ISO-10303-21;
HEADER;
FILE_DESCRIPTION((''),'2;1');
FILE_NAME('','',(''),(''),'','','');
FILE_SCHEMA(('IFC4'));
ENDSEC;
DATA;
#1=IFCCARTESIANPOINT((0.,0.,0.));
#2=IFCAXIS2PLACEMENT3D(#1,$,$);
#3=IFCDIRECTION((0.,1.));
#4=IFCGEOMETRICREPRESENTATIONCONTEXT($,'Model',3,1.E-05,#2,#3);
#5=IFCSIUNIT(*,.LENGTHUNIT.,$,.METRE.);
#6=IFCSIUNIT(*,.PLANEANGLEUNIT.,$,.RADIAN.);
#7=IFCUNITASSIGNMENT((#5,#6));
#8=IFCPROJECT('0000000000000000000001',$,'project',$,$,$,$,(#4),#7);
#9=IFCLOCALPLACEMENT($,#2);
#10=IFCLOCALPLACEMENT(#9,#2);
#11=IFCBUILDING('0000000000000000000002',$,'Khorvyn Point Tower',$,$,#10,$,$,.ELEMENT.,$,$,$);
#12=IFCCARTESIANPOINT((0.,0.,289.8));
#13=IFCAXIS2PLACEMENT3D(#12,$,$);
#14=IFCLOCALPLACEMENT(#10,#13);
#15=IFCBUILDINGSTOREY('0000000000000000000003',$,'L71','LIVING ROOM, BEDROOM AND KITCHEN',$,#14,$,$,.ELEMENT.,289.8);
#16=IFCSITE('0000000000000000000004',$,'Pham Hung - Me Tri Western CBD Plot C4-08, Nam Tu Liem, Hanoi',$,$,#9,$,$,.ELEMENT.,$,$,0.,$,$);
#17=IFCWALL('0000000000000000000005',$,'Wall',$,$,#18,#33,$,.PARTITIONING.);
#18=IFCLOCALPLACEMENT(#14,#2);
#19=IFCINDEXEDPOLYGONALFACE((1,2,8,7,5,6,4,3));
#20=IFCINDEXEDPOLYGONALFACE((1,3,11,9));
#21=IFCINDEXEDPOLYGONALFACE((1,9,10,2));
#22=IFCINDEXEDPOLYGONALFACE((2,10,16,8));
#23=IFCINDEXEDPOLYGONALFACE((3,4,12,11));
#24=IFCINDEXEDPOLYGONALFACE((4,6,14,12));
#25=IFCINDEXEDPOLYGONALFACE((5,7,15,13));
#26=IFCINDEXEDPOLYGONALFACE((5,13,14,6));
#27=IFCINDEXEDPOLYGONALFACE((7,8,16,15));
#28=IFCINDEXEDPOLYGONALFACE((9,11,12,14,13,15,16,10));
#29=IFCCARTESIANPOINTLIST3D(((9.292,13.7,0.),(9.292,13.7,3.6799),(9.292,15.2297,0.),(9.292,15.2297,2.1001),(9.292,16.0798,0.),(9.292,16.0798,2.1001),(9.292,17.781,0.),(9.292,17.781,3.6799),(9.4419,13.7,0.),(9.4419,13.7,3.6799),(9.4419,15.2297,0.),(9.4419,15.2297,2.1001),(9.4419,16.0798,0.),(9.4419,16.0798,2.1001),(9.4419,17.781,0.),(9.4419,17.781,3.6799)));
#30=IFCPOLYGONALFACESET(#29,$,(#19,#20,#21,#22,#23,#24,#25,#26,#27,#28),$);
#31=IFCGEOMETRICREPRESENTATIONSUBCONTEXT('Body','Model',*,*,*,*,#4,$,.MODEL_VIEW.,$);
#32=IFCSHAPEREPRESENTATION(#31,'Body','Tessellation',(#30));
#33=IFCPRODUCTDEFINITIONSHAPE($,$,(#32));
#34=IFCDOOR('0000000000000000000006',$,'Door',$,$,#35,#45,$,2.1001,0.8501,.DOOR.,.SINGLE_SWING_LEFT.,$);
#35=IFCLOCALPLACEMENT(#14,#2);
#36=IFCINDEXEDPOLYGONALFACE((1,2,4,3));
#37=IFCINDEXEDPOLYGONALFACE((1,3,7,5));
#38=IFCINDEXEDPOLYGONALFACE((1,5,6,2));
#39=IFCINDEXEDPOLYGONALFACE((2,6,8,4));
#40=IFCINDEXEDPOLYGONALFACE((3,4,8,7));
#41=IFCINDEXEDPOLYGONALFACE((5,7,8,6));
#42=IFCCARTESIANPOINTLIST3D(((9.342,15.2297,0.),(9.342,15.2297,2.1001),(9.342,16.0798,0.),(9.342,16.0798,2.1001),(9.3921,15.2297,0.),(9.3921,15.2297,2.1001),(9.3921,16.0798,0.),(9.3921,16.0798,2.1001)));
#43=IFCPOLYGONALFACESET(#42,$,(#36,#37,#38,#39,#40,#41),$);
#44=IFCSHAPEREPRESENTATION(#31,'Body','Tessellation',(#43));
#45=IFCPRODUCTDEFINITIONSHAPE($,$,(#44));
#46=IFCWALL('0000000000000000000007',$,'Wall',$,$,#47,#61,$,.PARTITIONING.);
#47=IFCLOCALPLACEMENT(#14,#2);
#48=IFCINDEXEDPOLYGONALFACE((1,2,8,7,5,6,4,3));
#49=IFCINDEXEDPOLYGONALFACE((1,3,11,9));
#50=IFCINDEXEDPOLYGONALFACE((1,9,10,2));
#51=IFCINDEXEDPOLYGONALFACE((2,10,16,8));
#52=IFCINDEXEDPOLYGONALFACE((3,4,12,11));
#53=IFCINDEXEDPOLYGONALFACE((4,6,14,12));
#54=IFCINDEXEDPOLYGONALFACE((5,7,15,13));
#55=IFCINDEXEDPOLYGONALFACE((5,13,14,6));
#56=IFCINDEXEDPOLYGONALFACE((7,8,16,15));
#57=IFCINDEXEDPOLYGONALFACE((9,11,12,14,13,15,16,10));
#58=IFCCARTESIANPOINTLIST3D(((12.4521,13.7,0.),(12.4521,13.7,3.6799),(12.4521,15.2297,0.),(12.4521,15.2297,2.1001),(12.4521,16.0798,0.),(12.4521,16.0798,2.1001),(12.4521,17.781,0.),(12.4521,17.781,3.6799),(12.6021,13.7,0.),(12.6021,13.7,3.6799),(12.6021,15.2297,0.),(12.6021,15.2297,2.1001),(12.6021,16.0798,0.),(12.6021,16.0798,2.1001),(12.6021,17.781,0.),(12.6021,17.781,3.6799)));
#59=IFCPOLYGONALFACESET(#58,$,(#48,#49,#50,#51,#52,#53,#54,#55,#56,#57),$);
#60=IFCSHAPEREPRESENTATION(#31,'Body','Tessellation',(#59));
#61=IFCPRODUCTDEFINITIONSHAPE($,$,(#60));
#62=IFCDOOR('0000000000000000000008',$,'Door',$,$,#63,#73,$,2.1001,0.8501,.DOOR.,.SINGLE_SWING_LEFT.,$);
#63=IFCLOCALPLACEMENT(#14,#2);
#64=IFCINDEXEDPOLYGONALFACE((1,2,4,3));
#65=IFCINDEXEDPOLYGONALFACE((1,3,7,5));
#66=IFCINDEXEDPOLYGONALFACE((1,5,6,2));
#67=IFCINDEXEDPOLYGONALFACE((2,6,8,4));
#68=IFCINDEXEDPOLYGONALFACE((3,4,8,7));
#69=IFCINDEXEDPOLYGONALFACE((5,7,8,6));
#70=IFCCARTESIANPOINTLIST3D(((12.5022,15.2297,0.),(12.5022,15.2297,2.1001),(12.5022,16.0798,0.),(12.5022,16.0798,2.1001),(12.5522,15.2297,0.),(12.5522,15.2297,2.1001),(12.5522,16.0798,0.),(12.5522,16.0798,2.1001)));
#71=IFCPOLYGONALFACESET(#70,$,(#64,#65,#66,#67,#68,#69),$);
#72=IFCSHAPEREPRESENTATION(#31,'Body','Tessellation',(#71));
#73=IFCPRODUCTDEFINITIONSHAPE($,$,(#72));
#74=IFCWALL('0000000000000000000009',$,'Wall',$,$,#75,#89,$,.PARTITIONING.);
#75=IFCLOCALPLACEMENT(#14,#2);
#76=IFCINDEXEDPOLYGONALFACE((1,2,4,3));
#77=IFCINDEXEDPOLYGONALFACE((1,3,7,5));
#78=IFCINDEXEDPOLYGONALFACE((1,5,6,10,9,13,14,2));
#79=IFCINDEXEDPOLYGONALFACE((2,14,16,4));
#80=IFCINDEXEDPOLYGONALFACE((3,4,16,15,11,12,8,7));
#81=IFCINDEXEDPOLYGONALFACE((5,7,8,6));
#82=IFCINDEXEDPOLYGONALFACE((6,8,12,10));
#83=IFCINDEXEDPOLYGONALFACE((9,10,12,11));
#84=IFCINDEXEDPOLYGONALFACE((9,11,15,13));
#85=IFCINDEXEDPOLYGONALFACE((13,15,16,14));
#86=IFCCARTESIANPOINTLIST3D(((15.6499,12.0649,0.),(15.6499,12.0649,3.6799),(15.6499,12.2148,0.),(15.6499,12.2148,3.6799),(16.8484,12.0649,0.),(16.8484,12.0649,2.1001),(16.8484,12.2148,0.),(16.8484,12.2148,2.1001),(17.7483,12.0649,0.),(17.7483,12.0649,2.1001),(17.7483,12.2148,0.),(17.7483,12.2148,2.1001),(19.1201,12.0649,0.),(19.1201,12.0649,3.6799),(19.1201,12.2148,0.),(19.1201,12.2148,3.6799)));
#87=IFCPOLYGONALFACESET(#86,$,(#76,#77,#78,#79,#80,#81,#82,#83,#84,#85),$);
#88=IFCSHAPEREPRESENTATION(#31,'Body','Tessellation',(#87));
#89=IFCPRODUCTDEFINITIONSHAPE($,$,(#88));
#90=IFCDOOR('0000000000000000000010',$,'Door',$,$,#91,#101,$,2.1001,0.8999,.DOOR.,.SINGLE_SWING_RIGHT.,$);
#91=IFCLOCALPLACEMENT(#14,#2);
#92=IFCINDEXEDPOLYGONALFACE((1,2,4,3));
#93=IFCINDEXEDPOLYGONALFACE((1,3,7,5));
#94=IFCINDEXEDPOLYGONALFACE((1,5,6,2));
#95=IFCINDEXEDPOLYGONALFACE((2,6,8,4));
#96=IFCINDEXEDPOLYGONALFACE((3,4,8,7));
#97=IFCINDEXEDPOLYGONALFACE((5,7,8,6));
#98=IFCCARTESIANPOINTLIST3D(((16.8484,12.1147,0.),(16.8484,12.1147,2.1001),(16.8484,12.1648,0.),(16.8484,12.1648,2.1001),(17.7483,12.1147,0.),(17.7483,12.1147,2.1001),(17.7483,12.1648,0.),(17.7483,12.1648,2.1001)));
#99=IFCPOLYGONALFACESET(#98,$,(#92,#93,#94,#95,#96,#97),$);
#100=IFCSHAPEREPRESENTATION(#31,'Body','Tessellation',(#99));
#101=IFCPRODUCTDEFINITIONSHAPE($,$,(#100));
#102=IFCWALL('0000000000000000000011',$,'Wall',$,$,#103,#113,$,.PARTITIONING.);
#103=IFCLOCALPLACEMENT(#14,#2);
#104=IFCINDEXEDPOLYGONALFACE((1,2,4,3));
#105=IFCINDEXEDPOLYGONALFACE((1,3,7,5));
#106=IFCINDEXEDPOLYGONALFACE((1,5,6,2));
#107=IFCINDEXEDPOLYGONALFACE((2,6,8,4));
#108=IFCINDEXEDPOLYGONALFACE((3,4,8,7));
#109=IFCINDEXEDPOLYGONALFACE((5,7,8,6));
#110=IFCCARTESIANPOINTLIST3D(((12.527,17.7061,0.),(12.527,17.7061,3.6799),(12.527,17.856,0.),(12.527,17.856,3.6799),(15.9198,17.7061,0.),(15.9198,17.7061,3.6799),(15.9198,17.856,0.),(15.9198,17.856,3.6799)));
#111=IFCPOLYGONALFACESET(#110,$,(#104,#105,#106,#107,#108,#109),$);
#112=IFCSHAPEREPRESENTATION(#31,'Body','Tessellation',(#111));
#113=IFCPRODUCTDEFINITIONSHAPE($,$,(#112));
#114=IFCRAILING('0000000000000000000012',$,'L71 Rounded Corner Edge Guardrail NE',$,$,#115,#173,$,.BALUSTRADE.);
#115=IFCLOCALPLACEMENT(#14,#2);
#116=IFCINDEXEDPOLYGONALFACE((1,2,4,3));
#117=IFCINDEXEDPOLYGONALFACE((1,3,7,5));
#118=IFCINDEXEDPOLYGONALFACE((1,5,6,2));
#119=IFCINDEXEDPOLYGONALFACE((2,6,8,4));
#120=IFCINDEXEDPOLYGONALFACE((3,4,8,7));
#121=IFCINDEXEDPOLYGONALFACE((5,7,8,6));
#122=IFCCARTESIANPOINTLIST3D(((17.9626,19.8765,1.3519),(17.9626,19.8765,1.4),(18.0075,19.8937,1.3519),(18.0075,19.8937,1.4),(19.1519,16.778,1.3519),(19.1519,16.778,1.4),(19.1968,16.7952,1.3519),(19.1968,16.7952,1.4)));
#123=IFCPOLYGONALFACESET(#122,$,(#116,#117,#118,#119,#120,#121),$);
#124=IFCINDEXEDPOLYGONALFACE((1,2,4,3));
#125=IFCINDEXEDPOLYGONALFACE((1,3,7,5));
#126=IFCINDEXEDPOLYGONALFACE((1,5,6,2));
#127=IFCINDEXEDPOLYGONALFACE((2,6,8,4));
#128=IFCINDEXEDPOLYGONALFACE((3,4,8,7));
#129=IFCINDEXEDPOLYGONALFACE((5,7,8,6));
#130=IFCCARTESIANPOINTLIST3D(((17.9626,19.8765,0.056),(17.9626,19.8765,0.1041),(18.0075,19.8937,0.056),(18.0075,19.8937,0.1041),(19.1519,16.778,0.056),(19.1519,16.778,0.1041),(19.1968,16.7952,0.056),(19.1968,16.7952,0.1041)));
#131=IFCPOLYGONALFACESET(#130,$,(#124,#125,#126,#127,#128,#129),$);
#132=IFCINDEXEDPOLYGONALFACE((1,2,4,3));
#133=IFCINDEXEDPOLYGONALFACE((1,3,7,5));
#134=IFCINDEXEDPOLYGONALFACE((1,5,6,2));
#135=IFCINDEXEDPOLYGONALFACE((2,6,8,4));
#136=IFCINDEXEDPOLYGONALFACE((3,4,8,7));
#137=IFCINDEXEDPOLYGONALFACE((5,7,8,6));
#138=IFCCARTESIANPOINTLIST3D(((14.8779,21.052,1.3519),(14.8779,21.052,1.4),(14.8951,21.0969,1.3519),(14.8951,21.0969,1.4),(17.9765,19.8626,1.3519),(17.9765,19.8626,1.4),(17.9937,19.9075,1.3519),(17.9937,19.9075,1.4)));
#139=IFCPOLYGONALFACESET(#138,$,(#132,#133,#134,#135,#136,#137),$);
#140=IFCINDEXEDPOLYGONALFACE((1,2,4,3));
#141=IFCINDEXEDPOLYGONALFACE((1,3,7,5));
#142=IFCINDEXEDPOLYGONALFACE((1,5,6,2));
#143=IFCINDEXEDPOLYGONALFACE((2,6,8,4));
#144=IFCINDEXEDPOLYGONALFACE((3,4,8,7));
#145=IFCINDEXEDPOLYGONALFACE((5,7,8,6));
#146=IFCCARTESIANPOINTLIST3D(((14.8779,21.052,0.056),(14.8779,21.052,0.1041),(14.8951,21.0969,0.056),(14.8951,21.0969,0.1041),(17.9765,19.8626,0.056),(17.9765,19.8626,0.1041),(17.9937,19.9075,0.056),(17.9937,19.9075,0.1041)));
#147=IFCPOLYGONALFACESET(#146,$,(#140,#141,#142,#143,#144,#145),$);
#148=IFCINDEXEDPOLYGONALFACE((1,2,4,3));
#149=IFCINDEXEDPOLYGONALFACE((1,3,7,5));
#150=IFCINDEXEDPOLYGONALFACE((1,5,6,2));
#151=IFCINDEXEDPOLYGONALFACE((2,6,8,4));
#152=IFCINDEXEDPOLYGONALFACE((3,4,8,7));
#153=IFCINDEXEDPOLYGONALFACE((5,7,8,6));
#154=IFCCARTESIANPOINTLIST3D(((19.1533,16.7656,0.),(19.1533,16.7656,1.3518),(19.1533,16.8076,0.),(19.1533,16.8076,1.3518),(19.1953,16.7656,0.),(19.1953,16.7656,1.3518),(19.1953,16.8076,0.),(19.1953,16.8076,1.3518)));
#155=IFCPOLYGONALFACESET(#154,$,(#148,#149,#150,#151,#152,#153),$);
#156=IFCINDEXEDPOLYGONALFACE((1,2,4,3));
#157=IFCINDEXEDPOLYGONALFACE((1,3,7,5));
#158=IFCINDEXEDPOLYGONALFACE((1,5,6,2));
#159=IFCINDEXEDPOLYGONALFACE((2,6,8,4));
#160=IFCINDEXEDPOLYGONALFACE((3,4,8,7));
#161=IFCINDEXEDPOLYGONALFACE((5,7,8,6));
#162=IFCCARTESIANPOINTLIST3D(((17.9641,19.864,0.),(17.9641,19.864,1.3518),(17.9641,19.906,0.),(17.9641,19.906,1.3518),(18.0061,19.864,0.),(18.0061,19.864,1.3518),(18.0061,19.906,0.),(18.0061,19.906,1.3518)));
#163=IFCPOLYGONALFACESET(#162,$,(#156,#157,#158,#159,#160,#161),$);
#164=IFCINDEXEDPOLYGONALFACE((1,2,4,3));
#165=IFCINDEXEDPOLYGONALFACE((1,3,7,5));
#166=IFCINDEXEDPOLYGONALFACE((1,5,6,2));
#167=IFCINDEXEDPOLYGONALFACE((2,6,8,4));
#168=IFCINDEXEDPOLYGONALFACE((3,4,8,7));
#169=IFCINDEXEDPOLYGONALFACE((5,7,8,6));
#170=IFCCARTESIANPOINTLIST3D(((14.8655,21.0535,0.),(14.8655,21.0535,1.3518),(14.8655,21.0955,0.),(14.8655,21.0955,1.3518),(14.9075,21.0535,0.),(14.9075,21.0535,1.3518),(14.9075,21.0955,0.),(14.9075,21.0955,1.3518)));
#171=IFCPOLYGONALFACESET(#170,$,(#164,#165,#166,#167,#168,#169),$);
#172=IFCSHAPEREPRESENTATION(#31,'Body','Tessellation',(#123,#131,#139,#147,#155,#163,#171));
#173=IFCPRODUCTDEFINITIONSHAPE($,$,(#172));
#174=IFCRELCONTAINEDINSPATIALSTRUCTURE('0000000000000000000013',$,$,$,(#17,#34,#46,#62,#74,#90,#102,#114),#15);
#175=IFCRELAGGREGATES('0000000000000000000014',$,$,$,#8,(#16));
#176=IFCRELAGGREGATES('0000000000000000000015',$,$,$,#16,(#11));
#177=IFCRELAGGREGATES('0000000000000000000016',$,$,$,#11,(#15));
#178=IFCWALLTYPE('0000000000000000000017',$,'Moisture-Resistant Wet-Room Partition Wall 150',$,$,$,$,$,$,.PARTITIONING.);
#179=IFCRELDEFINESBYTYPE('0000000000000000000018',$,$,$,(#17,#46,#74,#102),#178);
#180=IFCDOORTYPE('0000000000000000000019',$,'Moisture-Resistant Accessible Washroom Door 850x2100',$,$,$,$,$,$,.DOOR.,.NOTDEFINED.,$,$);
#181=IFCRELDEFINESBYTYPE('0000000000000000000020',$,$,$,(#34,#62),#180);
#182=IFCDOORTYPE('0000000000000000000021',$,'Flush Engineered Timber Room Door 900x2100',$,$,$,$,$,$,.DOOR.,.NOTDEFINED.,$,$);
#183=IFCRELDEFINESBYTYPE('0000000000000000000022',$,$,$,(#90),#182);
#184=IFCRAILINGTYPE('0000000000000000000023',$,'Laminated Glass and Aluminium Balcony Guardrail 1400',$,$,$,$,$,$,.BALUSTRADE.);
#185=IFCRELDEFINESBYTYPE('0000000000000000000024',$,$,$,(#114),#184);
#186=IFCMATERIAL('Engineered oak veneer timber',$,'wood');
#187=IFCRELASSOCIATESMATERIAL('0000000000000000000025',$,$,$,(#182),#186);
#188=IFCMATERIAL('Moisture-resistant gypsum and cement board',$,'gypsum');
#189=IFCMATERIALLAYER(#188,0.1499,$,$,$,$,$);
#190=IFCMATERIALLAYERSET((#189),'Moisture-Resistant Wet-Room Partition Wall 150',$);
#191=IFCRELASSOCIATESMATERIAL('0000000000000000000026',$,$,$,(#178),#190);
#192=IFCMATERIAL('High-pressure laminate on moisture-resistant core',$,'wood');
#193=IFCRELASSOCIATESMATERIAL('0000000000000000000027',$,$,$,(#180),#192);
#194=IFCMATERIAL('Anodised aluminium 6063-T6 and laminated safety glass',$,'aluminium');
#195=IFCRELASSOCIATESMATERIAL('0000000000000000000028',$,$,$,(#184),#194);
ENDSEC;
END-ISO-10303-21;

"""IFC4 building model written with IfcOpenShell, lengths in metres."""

from ifc_helpers import new_model, si_unit, direction, frame, frame_2d, origin, origin_2d, place, context, subcontext, project, spatial, rectangle, extrude, material, layer, layer_set, type_object, element, fill, save


model = new_model("IFC4")

# Units and contexts
model_context = context("Model", 3, precision=1e-05, world=origin(), true_north=direction((0.0, 1.0)))
body_context = subcontext(model_context, "Body", "Model", "MODEL_VIEW")
ifc_project = project(units=[si_unit("LENGTHUNIT", "METRE"), si_unit("PLANEANGLEUNIT", "RADIAN")], contexts=[model_context])

# Site, building, storey
site_placement = place(None, origin())
site = spatial("IfcSite", under=ifc_project, at=site_placement, Name="Pham Hung - Me Tri Western CBD Plot C4-08, Nam Tu Liem, Hanoi", CompositionType="ELEMENT", RefElevation=0.0)
building_placement = place(site_placement, origin())
building = spatial("IfcBuilding", under=site, at=building_placement, Name="Khorvyn Point Tower", CompositionType="ELEMENT")
storey_placement = place(building_placement, frame((0.0, 0.0, 289.8)))
storey = spatial("IfcBuildingStorey", under=building, at=storey_placement, Name="L71", Description="LIVING ROOM, BEDROOM AND KITCHEN", CompositionType="ELEMENT", Elevation=289.8)

# Walls, openings, doors
ifc_material_1 = material(Name="Engineered oak veneer timber", Category="wood")
door_type_1 = type_object("IfcDoorType", Name="Flush Engineered Timber Room Door 900x2100", OperationType="NOTDEFINED", PredefinedType="DOOR", material=ifc_material_1)
ifc_material_2 = material(Name="Moisture-resistant gypsum and cement board", Category="gypsum")
ifc_layer_1 = layer(ifc_material_2, 0.1499)
ifc_layer_set_1 = layer_set([ifc_layer_1], Name="Moisture-Resistant Wet-Room Partition Wall 150")
wall_type_1 = type_object("IfcWallType", Name="Moisture-Resistant Wet-Room Partition Wall 150", PredefinedType="PARTITIONING", material=ifc_layer_set_1)
wall_1_placement = place(storey_placement, frame((9.3669, 13.7, 0.0), z_axis=(0.0, 0.0, 1.0), x_axis=(0.0, 1.0, 0.0)))
wall_1 = element("IfcWall", 1, at=wall_1_placement, inside=storey, type_object=wall_type_1, Name="Wall", PredefinedType="PARTITIONING", context=body_context, shape_type="SweptSolid", body=[
    extrude(rectangle(XDim=4.0811, YDim=0.1499, at=frame_2d((2.0405, 0.0))), origin(), (0.0, 0.0, 1.0), 3.6799),
])
opening_1_placement = place(wall_1_placement, frame((1.5298, 0.0, 0.0)))
opening_1 = element("IfcOpeningElement", 2, at=opening_1_placement, cuts=wall_1, PredefinedType="OPENING", context=body_context, shape_type="SweptSolid", body=[
    extrude(rectangle(XDim=0.8501, YDim=2.1001, at=frame_2d((0.425, 1.05))), frame((0.0, 0.085, 0.0), z_axis=(0.0, -1.0, 0.0), x_axis=(1.0, 0.0, 0.0)), (0.0, 0.0, 1.0), 0.1699),
])
ifc_material_3 = material(Name="High-pressure laminate on moisture-resistant core", Category="wood")
door_type_2 = type_object("IfcDoorType", Name="Moisture-Resistant Accessible Washroom Door 850x2100", OperationType="NOTDEFINED", PredefinedType="DOOR", material=ifc_material_3)
door_1_placement = place(opening_1_placement, origin())
door_1 = element("IfcDoor", 3, at=door_1_placement, inside=storey, type_object=door_type_2, Name="Door", OperationType="SINGLE_SWING_LEFT", OverallHeight=2.1001, OverallWidth=0.8501, PredefinedType="DOOR", context=body_context, shape_type="SweptSolid", body=[
    extrude(rectangle(XDim=0.8501, YDim=2.1001, at=frame_2d((0.425, 1.05))), frame((0.0, 0.0249, 0.0), z_axis=(0.0, -1.0, 0.0), x_axis=(1.0, 0.0, 0.0)), (0.0, 0.0, 1.0), 0.05),
])
fill(opening_1, door_1)
wall_2_placement = place(storey_placement, frame((12.5271, 13.7, 0.0), z_axis=(0.0, 0.0, 1.0), x_axis=(0.0, 1.0, 0.0)))
wall_2 = element("IfcWall", 4, at=wall_2_placement, inside=storey, type_object=wall_type_1, Name="Wall", PredefinedType="PARTITIONING", context=body_context, shape_type="SweptSolid", body=[
    extrude(rectangle(XDim=4.0811, YDim=0.1499, at=frame_2d((2.0405, 0.0))), origin(), (0.0, 0.0, 1.0), 3.6799),
])
opening_2_placement = place(wall_2_placement, frame((1.5298, 0.0, 0.0)))
opening_2 = element("IfcOpeningElement", 5, at=opening_2_placement, cuts=wall_2, PredefinedType="OPENING", context=body_context, shape_type="SweptSolid", body=[
    extrude(rectangle(XDim=0.8501, YDim=2.1001, at=frame_2d((0.425, 1.05))), frame((0.0, 0.085, 0.0), z_axis=(0.0, -1.0, 0.0), x_axis=(1.0, 0.0, 0.0)), (0.0, 0.0, 1.0), 0.1699),
])
door_2_placement = place(opening_2_placement, origin())
door_2 = element("IfcDoor", 6, at=door_2_placement, inside=storey, type_object=door_type_2, Name="Door", OperationType="SINGLE_SWING_LEFT", OverallHeight=2.1001, OverallWidth=0.8501, PredefinedType="DOOR", context=body_context, shape_type="SweptSolid", body=[
    extrude(rectangle(XDim=0.8501, YDim=2.1001, at=frame_2d((0.425, 1.05))), frame((0.0, 0.0249, 0.0), z_axis=(0.0, -1.0, 0.0), x_axis=(1.0, 0.0, 0.0)), (0.0, 0.0, 1.0), 0.05),
])
fill(opening_2, door_2)
wall_3_placement = place(storey_placement, frame((15.6499, 12.1399, 0.0), z_axis=(0.0, 0.0, 1.0), x_axis=(1.0, 0.0, 0.0)))
wall_3 = element("IfcWall", 7, at=wall_3_placement, inside=storey, type_object=wall_type_1, Name="Wall", PredefinedType="PARTITIONING", context=body_context, shape_type="SweptSolid", body=[
    extrude(rectangle(XDim=3.4702, YDim=0.1499, at=frame_2d((1.7351, 0.0))), origin(), (0.0, 0.0, 1.0), 3.6799),
])
opening_3_placement = place(wall_3_placement, frame((1.1985, 0.0, 0.0)))
opening_3 = element("IfcOpeningElement", 8, at=opening_3_placement, cuts=wall_3, PredefinedType="OPENING", context=body_context, shape_type="SweptSolid", body=[
    extrude(rectangle(XDim=0.8999, YDim=2.1001, at=frame_2d((0.45, 1.05))), frame((0.0, 0.085, 0.0), z_axis=(0.0, -1.0, 0.0), x_axis=(1.0, 0.0, 0.0)), (0.0, 0.0, 1.0), 0.1699),
])
door_3_placement = place(opening_3_placement, origin())
door_3 = element("IfcDoor", 9, at=door_3_placement, inside=storey, type_object=door_type_1, Name="Door", OperationType="SINGLE_SWING_RIGHT", OverallHeight=2.1001, OverallWidth=0.8999, PredefinedType="DOOR", context=body_context, shape_type="SweptSolid", body=[
    extrude(rectangle(XDim=0.8999, YDim=2.1001, at=frame_2d((0.45, 1.05))), frame((0.0, 0.0249, 0.0), z_axis=(0.0, -1.0, 0.0), x_axis=(1.0, 0.0, 0.0)), (0.0, 0.0, 1.0), 0.05),
])
fill(opening_3, door_3)

# Wall
wall_4_placement = place(storey_placement, frame((12.5271, 17.781, 0.0), z_axis=(0.0, 0.0, 1.0), x_axis=(1.0, 0.0, 0.0)))
element("IfcWall", 10, at=wall_4_placement, inside=storey, type_object=wall_type_1, Name="Wall", PredefinedType="PARTITIONING", context=body_context, shape_type="SweptSolid", body=[
    extrude(rectangle(XDim=3.3928, YDim=0.1499, at=frame_2d((1.6963, 0.0))), origin(), (0.0, 0.0, 1.0), 3.6799),
])

# Railing
ifc_material_4 = material(Name="Anodised aluminium 6063-T6 and laminated safety glass", Category="aluminium")
railing_type = type_object("IfcRailingType", Name="Laminated Glass and Aluminium Balcony Guardrail 1400", PredefinedType="BALUSTRADE", material=ifc_material_4)
railing_1_placement = place(storey_placement, frame((19.1743, 16.7866, 0.0)))
element("IfcRailing", 11, at=railing_1_placement, inside=storey, type_object=railing_type, Name="L71 Rounded Corner Edge Guardrail NE", PredefinedType="BALUSTRADE", context=body_context, shape_type="SweptSolid", body=[
    extrude(rectangle(XDim=0.0481, YDim=0.0481, at=origin_2d()), frame((0.0, 0.0, 1.376), z_axis=(-0.358328, 0.933596, 0.0), x_axis=(-0.933596, -0.358328, 0.0)), (0.0, 0.0, 1.0), 3.3188),
    extrude(rectangle(XDim=0.0481, YDim=0.0481, at=origin_2d()), frame((0.0, 0.0, 0.0801), z_axis=(-0.358328, 0.933596, 0.0), x_axis=(-0.933596, -0.358328, 0.0)), (0.0, 0.0, 1.0), 3.3188),
    extrude(rectangle(XDim=0.0481, YDim=0.0481, at=origin_2d()), frame((-1.1892, 3.0984, 1.376), z_axis=(-0.93358, 0.358368, 0.0), x_axis=(-0.358368, -0.93358, 0.0)), (0.0, 0.0, 1.0), 3.3191),
    extrude(rectangle(XDim=0.0481, YDim=0.0481, at=origin_2d()), frame((-1.1892, 3.0984, 0.0801), z_axis=(-0.93358, 0.358368, 0.0), x_axis=(-0.358368, -0.93358, 0.0)), (0.0, 0.0, 1.0), 3.3191),
    extrude(rectangle(XDim=0.042, YDim=0.042, at=origin_2d()), origin(), (0.0, 0.0, 1.0), 1.3518),
    extrude(rectangle(XDim=0.042, YDim=0.042, at=origin_2d()), frame((-1.1892, 3.0984, 0.0)), (0.0, 0.0, 1.0), 1.3518),
    extrude(rectangle(XDim=0.042, YDim=0.042, at=origin_2d()), frame((-4.2878, 4.2878, 0.0)), (0.0, 0.0, 1.0), 1.3518),
])

save(model, "model.ifc")
